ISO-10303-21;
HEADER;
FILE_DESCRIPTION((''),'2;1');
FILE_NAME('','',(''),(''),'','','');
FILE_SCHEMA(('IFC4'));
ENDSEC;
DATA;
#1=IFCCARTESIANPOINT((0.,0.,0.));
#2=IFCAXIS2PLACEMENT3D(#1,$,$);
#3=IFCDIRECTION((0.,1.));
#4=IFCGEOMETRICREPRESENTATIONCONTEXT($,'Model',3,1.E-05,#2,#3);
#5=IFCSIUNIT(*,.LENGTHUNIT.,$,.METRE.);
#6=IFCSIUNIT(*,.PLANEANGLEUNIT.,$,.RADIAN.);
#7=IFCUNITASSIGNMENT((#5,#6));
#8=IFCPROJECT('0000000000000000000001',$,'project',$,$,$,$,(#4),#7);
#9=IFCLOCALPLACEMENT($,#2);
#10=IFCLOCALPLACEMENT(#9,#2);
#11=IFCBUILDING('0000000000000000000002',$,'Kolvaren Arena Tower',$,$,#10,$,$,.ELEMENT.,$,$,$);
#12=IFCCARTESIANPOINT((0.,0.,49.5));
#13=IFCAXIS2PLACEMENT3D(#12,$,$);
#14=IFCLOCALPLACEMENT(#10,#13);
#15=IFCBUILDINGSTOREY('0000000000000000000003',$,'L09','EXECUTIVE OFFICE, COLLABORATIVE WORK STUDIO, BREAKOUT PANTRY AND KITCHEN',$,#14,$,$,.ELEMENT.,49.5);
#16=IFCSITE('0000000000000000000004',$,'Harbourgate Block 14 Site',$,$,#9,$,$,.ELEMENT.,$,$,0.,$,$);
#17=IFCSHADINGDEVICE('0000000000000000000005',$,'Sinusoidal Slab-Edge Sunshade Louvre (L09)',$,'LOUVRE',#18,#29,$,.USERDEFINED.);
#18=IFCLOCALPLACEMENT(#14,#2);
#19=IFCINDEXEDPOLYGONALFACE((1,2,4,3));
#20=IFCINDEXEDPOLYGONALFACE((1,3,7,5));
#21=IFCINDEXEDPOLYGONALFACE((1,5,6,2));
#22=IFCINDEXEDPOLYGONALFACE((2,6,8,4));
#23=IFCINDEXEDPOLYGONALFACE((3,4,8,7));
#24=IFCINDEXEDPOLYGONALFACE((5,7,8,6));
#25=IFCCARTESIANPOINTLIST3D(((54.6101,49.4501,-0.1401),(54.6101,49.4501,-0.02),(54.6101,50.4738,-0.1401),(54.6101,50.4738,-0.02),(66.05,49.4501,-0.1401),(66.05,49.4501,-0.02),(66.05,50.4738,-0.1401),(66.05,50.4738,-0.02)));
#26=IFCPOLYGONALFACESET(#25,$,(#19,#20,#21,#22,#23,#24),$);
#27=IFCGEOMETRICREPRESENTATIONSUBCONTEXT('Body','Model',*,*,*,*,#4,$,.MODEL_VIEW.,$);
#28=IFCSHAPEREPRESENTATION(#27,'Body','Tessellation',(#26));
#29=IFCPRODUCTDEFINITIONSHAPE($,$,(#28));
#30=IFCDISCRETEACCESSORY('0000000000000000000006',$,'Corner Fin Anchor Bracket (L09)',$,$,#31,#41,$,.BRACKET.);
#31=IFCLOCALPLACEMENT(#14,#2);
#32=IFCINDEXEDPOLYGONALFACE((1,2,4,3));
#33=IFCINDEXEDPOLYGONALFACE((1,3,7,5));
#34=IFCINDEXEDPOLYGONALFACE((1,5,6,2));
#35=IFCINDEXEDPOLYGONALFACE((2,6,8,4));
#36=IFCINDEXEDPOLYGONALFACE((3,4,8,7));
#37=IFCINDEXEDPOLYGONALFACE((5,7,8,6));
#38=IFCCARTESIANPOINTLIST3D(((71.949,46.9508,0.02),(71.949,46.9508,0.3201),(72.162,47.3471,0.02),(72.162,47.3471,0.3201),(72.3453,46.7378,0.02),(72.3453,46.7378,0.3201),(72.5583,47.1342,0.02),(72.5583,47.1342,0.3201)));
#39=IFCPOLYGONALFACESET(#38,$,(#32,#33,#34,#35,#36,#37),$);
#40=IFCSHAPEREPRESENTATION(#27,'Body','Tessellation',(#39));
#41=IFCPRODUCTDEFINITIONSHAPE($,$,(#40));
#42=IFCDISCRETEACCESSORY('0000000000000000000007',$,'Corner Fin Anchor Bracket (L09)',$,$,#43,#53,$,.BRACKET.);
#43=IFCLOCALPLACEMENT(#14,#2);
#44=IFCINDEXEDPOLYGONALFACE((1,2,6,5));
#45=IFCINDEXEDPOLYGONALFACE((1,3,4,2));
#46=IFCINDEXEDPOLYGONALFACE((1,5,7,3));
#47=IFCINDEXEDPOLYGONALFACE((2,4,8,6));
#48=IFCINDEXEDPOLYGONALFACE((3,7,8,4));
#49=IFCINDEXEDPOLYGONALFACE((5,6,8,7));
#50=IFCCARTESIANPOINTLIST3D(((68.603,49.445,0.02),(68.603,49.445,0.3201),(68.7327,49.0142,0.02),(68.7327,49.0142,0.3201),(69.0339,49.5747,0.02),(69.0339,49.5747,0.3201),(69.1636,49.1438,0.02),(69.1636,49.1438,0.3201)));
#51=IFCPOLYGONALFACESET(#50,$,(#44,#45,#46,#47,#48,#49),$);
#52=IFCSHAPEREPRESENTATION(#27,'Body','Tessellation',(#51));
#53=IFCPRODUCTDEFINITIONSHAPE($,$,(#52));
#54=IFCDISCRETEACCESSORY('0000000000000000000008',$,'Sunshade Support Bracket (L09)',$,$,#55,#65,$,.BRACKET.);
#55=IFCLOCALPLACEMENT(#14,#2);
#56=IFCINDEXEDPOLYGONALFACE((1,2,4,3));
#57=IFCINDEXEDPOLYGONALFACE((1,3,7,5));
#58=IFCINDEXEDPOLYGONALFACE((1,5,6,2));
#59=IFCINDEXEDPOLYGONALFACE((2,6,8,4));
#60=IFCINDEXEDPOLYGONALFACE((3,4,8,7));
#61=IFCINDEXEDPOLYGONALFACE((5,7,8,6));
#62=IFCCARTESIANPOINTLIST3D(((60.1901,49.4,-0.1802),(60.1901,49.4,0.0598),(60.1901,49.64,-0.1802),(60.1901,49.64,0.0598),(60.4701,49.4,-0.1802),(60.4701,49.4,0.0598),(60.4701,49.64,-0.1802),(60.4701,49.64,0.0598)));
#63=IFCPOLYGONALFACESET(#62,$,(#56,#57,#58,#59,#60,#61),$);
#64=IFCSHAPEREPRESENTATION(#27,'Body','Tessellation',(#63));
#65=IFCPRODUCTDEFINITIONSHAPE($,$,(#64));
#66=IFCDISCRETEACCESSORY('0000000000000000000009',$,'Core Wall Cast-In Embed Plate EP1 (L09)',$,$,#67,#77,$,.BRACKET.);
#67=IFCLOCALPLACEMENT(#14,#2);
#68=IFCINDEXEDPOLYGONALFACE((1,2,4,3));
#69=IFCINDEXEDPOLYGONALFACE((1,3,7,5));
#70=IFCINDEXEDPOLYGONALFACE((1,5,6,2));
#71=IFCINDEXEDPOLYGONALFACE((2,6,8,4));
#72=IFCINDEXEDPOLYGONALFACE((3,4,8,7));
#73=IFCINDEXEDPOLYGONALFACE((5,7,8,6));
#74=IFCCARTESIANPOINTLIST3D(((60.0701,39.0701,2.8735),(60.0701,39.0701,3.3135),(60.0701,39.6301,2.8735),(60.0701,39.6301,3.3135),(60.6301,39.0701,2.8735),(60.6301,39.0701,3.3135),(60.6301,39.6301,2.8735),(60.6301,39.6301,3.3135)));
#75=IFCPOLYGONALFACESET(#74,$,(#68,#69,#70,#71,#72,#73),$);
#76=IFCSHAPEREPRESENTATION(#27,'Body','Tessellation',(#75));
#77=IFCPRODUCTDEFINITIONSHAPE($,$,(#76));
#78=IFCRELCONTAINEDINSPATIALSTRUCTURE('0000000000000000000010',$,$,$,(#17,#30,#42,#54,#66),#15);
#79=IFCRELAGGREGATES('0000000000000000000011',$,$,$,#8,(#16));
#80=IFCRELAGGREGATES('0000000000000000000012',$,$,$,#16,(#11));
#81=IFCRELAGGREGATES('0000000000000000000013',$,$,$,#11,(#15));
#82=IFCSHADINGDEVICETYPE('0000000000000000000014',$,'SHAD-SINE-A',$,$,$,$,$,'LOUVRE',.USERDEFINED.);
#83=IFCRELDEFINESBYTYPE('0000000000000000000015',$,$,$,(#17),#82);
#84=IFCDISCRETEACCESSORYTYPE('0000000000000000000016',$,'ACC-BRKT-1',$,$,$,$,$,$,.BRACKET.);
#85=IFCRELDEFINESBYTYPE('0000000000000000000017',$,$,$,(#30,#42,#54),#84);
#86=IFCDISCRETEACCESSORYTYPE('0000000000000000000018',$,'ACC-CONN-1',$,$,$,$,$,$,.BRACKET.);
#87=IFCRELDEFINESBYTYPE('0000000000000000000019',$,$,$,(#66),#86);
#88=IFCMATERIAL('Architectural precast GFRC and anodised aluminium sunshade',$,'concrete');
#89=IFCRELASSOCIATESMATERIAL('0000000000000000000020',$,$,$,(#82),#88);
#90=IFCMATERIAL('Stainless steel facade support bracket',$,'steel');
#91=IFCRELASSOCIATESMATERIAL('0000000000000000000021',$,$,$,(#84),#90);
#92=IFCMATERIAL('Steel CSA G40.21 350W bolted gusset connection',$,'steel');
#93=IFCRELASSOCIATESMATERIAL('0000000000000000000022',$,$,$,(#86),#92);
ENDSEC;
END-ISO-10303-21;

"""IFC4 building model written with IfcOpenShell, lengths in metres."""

from ifc_helpers import new_model, si_unit, direction, frame, origin, origin_2d, place, context, subcontext, project, spatial, rectangle, extrude, material, type_object, element, save


model = new_model("IFC4")

# Units and contexts
model_context = context("Model", 3, precision=1e-05, world=origin(), true_north=direction((0.0, 1.0)))
body_context = subcontext(model_context, "Body", "Model", "MODEL_VIEW")
ifc_project = project(units=[si_unit("LENGTHUNIT", "METRE"), si_unit("PLANEANGLEUNIT", "RADIAN")], contexts=[model_context])

# Site, building, storey
site_placement = place(None, origin())
site = spatial("IfcSite", under=ifc_project, at=site_placement, Name="Harbourgate Block 14 Site", CompositionType="ELEMENT", RefElevation=0.0)
building_placement = place(site_placement, origin())
building = spatial("IfcBuilding", under=site, at=building_placement, Name="Kolvaren Arena Tower", CompositionType="ELEMENT")
storey_placement = place(building_placement, frame((0.0, 0.0, 49.5)))
storey = spatial("IfcBuildingStorey", under=building, at=storey_placement, Name="L09", Description="EXECUTIVE OFFICE, COLLABORATIVE WORK STUDIO, BREAKOUT PANTRY AND KITCHEN", CompositionType="ELEMENT", Elevation=49.5)

# Shading device
ifc_material_1 = material(Name="Architectural precast GFRC and anodised aluminium sunshade", Category="concrete")
shading_device_type_1 = type_object("IfcShadingDeviceType", Name="SHAD-SINE-A", ElementType="LOUVRE", PredefinedType="USERDEFINED", material=ifc_material_1)
shading_device_placement = place(storey_placement, frame((60.3301, 49.9619, -0.1401), z_axis=(0.0, 0.0, 1.0), x_axis=(1.0, 0.0, 0.0)))
element("IfcShadingDevice", 1, at=shading_device_placement, inside=storey, type_object=shading_device_type_1, Name="Sinusoidal Slab-Edge Sunshade Louvre (L09)", ObjectType="LOUVRE", PredefinedType="USERDEFINED", context=body_context, shape_type="SweptSolid", body=[
    extrude(rectangle(XDim=11.4399, YDim=1.0237, at=origin_2d()), origin(), (0.0, 0.0, 1.0), 0.1201),
])

# Discrete accessories
ifc_material_2 = material(Name="Stainless steel facade support bracket", Category="steel")
discrete_accessory_type_1 = type_object("IfcDiscreteAccessoryType", Name="ACC-BRKT-1", PredefinedType="BRACKET", material=ifc_material_2)
for number, where, z_axis, x_axis, name in (
    (2, (72.2537, 47.0425, 0.02), (0.0, 0.0, 1.0), (0.473349, 0.880875, 0.0), "Corner Fin Anchor Bracket (L09)"),
    (3, (68.8833, 49.2944, 0.02), (0.0, 0.0, 1.0), (-0.288175, 0.957578, 0.0), "Corner Fin Anchor Bracket (L09)"),
):
    element("IfcDiscreteAccessory", number, at=place(storey_placement, frame(where, z_axis=z_axis, x_axis=x_axis)), inside=storey, type_object=discrete_accessory_type_1, Name=name, PredefinedType="BRACKET", context=body_context, shape_type="SweptSolid", body=[
        extrude(rectangle(XDim=0.45, YDim=0.45, at=origin_2d()), origin(), (0.0, 0.0, 1.0), 0.3),
    ])
discrete_accessory_1_placement = place(storey_placement, frame((60.3301, 49.52, -0.1802), z_axis=(0.0, 0.0, 1.0), x_axis=(1.0, 0.0, 0.0)))
element("IfcDiscreteAccessory", 4, at=discrete_accessory_1_placement, inside=storey, type_object=discrete_accessory_type_1, Name="Sunshade Support Bracket (L09)", PredefinedType="BRACKET", context=body_context, shape_type="SweptSolid", body=[
    extrude(rectangle(XDim=0.28, YDim=0.24, at=origin_2d()), origin(), (0.0, 0.0, 1.0), 0.24),
])
ifc_material_3 = material(Name="Steel CSA G40.21 350W bolted gusset connection", Category="steel")
discrete_accessory_type_2 = type_object("IfcDiscreteAccessoryType", Name="ACC-CONN-1", PredefinedType="BRACKET", material=ifc_material_3)
discrete_accessory_2_placement = place(storey_placement, frame((60.3501, 39.3501, 2.8735), z_axis=(0.0, 0.0, 1.0), x_axis=(1.0, 0.0, 0.0)))
element("IfcDiscreteAccessory", 5, at=discrete_accessory_2_placement, inside=storey, type_object=discrete_accessory_type_2, Name="Core Wall Cast-In Embed Plate EP1 (L09)", PredefinedType="BRACKET", context=body_context, shape_type="SweptSolid", body=[
    extrude(rectangle(XDim=0.5601, YDim=0.5601, at=origin_2d()), origin(), (0.0, 0.0, 1.0), 0.4399),
])

save(model, "model.ifc")
